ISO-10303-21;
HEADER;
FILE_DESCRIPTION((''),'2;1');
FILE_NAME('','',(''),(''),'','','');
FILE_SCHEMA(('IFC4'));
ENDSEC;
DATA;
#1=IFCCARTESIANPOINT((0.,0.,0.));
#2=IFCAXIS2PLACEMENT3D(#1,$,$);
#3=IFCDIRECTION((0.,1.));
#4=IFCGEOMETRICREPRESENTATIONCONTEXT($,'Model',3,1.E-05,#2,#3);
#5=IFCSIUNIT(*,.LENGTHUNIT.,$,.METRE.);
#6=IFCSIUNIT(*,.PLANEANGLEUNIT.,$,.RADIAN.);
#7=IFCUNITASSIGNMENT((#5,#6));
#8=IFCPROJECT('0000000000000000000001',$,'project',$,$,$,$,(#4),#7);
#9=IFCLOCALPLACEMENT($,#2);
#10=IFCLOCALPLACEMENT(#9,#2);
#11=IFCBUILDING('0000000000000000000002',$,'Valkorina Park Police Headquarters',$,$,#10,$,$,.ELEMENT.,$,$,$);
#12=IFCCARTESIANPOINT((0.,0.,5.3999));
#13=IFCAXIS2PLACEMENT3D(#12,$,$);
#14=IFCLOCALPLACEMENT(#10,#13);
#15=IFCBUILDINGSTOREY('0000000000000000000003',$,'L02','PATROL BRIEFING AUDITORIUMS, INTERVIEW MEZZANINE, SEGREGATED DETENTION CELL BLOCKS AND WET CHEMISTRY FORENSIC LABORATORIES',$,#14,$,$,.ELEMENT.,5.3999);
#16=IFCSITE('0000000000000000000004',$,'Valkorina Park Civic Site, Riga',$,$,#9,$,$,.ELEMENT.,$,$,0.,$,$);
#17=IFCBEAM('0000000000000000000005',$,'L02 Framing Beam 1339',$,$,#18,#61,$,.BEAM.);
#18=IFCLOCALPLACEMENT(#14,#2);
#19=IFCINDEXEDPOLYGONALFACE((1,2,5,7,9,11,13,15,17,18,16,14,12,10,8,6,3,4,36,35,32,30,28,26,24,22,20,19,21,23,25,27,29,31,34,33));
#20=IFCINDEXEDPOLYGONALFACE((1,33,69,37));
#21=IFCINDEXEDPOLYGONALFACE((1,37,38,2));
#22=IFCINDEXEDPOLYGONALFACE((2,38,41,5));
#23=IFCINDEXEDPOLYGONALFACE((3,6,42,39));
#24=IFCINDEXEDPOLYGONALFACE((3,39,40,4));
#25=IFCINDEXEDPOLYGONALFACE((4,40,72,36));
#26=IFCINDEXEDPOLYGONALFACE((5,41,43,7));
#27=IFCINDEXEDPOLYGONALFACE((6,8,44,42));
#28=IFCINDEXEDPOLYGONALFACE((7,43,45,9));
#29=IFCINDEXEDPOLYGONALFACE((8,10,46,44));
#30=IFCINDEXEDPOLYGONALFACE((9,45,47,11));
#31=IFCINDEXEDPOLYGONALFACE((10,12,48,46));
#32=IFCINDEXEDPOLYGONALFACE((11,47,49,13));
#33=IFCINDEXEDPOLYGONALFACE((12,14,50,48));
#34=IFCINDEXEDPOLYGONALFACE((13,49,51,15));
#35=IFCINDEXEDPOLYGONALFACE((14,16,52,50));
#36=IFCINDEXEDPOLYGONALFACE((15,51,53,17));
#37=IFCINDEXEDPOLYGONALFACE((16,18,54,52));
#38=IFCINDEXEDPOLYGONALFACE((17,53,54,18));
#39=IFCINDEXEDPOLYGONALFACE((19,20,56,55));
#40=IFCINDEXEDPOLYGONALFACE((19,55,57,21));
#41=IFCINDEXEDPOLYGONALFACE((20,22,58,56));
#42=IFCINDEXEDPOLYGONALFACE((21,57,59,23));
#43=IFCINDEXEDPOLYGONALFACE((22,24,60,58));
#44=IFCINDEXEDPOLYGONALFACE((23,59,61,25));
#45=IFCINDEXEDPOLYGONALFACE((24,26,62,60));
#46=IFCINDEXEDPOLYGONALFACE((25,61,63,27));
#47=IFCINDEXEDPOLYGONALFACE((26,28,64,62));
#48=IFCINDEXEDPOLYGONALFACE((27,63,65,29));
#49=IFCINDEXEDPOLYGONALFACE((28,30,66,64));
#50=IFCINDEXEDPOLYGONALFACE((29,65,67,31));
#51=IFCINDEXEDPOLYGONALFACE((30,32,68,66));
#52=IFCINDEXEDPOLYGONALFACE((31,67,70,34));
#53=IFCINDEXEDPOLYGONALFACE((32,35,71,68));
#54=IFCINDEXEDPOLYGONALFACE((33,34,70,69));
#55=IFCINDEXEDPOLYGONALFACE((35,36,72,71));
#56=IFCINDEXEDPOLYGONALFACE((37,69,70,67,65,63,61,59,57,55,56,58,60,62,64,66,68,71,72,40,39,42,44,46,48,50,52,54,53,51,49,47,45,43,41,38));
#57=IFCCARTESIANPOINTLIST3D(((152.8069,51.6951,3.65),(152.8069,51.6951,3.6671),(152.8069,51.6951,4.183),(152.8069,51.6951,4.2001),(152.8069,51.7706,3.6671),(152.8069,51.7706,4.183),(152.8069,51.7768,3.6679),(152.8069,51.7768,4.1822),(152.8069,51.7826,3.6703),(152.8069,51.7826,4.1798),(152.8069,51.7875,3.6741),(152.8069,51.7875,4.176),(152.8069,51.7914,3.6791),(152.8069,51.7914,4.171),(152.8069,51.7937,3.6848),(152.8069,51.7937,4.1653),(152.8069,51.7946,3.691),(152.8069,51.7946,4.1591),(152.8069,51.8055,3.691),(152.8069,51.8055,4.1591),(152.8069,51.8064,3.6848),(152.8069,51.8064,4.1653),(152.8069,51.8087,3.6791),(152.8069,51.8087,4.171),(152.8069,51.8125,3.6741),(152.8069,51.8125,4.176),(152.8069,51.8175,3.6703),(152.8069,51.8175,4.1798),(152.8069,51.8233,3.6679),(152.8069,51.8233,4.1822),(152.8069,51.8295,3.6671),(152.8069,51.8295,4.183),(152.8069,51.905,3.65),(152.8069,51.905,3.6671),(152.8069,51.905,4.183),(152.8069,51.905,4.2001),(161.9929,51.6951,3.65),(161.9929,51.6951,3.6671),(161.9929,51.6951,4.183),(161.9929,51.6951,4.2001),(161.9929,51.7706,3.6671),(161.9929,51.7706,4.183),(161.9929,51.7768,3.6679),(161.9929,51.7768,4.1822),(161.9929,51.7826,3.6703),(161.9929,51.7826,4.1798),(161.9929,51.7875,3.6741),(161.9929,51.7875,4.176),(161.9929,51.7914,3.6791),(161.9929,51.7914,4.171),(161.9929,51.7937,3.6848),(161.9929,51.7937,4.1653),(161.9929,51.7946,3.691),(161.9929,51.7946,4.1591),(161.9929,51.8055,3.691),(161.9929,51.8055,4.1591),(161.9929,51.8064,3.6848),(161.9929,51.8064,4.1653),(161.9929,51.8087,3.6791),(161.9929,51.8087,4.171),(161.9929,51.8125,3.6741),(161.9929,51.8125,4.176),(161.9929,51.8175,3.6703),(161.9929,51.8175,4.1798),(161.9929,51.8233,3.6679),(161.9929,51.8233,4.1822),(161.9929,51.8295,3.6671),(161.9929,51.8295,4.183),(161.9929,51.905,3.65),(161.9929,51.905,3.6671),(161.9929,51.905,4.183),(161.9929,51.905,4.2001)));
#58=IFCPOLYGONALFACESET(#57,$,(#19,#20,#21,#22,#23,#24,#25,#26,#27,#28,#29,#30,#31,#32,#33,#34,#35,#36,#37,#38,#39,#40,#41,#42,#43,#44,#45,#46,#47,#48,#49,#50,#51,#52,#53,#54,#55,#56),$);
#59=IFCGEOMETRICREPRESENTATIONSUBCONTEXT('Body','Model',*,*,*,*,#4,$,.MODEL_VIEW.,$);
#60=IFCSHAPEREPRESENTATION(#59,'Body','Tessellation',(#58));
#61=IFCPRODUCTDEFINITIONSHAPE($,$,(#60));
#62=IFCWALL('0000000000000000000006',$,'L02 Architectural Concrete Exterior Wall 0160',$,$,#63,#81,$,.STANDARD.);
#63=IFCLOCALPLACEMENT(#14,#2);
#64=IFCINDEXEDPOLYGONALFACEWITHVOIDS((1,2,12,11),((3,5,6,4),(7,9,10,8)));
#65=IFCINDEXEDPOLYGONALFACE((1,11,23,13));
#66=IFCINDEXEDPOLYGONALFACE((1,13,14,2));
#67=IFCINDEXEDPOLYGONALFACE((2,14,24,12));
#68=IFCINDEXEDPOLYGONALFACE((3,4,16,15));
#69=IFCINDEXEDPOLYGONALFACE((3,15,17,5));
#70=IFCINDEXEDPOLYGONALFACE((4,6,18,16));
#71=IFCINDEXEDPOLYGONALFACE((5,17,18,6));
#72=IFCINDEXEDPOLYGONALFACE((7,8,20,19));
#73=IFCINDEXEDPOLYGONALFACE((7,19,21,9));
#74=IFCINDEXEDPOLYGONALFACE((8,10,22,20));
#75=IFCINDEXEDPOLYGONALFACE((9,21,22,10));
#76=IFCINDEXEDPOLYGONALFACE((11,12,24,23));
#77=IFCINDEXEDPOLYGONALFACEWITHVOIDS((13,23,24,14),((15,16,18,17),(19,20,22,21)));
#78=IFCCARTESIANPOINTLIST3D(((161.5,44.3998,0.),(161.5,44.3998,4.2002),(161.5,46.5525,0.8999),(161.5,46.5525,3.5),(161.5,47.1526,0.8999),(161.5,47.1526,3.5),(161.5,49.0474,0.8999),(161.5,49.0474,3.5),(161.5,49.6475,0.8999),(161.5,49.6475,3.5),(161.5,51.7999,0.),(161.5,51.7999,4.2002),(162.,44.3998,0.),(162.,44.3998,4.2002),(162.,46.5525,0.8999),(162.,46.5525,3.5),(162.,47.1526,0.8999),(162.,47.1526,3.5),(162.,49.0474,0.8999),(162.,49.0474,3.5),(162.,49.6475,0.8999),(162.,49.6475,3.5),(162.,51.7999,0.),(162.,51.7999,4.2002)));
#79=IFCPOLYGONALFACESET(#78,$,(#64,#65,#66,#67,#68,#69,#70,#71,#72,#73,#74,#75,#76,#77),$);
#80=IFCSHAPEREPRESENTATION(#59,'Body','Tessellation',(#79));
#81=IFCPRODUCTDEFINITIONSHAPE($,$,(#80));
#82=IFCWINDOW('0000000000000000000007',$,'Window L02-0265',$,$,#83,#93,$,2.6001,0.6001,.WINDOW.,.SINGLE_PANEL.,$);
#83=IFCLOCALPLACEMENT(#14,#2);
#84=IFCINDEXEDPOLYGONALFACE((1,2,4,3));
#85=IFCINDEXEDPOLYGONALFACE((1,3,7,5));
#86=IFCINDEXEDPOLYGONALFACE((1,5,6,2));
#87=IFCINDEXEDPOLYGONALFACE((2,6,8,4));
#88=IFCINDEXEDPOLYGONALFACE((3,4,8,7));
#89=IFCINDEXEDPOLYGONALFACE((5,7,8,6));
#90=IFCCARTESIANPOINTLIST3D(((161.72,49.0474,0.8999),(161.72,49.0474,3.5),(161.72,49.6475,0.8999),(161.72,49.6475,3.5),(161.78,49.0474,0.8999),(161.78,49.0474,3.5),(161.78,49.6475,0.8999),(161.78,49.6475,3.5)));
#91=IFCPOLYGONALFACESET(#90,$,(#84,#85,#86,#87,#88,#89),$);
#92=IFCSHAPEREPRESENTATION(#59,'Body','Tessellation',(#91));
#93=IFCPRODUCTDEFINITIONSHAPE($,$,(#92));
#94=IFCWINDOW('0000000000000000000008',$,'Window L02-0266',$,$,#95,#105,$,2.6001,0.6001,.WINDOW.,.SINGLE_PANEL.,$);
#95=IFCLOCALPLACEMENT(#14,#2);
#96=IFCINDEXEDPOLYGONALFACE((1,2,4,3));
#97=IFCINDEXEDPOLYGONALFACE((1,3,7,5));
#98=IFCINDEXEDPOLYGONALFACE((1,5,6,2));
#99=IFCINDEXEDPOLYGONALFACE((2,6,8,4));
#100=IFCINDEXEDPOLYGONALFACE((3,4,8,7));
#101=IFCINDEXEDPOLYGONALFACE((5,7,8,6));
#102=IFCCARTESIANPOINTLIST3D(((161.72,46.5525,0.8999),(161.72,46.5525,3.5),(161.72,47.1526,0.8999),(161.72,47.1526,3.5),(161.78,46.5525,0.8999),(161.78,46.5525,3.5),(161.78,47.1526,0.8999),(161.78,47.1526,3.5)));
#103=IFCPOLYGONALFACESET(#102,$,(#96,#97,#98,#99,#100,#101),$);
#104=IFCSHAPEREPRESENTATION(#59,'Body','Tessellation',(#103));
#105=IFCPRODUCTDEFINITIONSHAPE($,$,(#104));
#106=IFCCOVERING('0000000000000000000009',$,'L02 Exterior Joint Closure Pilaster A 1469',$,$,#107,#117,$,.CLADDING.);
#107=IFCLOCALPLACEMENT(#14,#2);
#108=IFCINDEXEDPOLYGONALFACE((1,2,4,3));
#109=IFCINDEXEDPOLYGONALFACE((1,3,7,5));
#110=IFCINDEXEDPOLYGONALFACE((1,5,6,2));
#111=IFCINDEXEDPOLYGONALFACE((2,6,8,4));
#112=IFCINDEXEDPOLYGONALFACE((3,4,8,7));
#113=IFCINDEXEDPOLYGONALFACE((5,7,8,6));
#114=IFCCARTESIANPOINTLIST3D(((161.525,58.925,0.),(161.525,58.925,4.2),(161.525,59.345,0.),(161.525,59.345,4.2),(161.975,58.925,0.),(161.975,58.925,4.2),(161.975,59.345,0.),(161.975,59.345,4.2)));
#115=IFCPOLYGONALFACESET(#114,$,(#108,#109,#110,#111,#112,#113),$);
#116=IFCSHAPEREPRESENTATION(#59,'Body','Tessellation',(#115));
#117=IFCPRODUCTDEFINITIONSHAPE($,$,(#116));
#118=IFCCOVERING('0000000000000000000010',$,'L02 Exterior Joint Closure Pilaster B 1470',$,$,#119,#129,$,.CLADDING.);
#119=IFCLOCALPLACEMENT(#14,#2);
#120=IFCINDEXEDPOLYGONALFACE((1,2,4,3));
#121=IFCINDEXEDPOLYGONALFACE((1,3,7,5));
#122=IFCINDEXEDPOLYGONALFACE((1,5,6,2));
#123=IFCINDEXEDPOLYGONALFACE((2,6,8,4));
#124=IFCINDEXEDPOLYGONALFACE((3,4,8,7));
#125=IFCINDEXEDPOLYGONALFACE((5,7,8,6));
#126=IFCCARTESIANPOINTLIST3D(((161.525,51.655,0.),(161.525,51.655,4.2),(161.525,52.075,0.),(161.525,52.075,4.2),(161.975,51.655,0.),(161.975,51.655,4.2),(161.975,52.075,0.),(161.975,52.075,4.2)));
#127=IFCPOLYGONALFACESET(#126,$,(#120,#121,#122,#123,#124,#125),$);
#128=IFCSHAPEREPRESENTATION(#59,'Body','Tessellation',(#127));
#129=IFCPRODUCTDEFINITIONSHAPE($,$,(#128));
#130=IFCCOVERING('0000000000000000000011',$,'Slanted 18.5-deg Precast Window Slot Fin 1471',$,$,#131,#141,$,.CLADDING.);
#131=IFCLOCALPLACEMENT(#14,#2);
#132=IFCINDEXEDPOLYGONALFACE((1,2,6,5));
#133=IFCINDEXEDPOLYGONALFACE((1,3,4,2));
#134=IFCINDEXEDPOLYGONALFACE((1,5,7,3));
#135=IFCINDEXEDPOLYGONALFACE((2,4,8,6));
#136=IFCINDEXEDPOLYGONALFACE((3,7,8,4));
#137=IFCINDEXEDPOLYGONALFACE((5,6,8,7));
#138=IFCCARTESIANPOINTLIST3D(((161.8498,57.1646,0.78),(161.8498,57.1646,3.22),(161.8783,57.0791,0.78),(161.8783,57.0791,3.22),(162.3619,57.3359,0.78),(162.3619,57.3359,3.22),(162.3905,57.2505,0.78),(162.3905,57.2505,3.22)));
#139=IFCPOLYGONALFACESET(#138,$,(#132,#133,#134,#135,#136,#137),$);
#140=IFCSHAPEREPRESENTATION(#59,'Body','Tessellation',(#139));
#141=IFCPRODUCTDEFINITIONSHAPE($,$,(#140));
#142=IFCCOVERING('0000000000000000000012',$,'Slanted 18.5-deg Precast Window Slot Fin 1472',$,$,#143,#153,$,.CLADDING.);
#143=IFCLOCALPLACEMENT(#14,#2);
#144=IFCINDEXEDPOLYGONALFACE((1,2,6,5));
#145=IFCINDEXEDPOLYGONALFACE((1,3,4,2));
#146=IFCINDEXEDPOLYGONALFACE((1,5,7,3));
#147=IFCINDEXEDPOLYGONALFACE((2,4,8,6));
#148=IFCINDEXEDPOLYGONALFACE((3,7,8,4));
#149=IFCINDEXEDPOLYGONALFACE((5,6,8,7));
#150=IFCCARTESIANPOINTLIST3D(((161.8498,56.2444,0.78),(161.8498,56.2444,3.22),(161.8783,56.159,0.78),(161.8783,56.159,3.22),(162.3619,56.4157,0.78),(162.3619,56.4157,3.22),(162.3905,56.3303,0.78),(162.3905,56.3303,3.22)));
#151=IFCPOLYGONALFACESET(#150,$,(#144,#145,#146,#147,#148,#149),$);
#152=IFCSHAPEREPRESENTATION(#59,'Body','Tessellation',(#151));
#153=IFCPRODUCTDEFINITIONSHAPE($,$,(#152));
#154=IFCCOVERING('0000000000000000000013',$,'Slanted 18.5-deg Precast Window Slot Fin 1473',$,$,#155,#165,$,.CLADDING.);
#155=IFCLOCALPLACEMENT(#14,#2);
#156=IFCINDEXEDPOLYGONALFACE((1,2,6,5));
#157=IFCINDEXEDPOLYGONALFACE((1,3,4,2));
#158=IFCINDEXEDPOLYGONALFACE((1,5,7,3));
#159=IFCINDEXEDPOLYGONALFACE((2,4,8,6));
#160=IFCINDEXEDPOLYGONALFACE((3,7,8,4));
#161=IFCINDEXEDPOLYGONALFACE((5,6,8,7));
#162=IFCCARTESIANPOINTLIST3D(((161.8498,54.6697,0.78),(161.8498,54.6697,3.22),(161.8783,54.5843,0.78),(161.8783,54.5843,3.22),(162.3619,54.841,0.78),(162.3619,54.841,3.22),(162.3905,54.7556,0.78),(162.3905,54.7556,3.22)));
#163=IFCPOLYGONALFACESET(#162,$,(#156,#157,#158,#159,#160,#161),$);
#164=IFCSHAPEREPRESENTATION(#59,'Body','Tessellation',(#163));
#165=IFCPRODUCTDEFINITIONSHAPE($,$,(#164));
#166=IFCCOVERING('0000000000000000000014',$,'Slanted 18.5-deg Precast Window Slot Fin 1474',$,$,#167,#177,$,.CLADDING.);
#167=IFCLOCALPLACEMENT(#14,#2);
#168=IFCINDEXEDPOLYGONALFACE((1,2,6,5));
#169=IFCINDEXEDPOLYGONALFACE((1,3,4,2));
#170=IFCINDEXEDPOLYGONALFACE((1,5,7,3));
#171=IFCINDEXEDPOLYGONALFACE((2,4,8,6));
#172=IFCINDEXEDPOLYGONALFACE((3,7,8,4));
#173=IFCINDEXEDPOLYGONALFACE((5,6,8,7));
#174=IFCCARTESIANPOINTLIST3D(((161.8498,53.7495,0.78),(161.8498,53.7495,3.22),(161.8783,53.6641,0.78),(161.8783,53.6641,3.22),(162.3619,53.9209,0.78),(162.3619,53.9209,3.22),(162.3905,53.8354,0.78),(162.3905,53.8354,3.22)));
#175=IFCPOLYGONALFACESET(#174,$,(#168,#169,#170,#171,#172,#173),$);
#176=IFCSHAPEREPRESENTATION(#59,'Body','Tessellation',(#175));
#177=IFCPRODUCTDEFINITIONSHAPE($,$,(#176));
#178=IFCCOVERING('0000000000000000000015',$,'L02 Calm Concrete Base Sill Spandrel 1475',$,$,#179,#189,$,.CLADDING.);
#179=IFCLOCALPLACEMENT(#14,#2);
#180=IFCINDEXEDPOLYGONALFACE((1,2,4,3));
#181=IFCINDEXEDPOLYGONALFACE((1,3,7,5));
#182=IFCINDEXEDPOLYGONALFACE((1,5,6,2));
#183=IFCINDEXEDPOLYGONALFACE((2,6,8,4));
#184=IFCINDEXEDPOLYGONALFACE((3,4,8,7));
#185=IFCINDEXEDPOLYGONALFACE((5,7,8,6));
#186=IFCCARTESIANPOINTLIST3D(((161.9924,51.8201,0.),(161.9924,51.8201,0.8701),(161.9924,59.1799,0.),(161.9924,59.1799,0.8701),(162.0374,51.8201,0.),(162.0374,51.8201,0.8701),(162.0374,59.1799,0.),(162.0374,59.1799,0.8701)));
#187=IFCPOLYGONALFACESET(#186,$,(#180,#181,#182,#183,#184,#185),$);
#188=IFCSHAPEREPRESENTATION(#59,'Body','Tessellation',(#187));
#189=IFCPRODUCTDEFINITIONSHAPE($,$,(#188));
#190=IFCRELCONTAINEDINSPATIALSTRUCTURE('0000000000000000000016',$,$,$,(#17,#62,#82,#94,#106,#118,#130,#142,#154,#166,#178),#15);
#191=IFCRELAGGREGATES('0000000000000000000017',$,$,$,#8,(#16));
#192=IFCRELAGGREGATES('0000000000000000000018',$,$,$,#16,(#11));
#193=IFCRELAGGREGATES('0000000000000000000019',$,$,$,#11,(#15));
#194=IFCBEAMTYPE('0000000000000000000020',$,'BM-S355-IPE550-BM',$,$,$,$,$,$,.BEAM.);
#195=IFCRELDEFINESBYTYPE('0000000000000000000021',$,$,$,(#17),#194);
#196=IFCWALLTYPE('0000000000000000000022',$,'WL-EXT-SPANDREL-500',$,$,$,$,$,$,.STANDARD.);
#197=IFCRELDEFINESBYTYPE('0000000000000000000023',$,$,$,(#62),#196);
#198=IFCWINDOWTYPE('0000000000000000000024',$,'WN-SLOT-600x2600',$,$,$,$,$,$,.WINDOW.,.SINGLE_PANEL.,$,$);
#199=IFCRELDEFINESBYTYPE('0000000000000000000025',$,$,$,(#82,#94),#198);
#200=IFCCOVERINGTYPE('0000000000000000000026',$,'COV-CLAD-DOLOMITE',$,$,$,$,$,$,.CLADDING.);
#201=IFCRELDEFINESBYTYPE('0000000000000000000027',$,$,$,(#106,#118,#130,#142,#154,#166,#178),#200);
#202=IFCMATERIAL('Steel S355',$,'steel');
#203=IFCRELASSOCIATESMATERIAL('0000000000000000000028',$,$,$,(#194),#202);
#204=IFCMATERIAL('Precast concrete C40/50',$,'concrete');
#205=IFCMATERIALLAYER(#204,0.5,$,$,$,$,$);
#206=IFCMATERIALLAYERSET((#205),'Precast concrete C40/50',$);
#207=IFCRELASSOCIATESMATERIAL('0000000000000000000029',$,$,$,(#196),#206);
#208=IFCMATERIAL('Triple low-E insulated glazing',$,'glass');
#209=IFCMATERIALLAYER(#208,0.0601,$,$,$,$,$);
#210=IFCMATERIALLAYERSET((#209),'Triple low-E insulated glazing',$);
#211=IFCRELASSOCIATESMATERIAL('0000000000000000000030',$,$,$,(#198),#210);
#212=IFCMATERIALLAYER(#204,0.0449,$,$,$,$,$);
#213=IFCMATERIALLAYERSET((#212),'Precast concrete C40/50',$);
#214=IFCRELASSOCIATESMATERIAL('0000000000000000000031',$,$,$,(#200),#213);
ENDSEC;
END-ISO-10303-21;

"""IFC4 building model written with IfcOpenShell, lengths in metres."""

from ifc_helpers import new_model, si_unit, direction, frame, frame_2d, origin, origin_2d, place, context, subcontext, project, spatial, rectangle, i_section, extrude, material, layer, layer_set, material_profile, profile_set, type_object, element, fill, save


model = new_model("IFC4")

# Units and contexts
model_context = context("Model", 3, precision=1e-05, world=origin(), true_north=direction((0.0, 1.0)))
body_context = subcontext(model_context, "Body", "Model", "MODEL_VIEW")
ifc_project = project(units=[si_unit("LENGTHUNIT", "METRE"), si_unit("PLANEANGLEUNIT", "RADIAN")], contexts=[model_context])

# Site, building, storey
site_placement = place(None, origin())
site = spatial("IfcSite", under=ifc_project, at=site_placement, Name="Valkorina Park Civic Site, Riga", CompositionType="ELEMENT", RefElevation=0.0)
building_placement = place(site_placement, origin())
building = spatial("IfcBuilding", under=site, at=building_placement, Name="Valkorina Park Police Headquarters", CompositionType="ELEMENT")
storey_placement = place(building_placement, frame((0.0, 0.0, 5.3999)))
storey = spatial("IfcBuildingStorey", under=building, at=storey_placement, Name="L02", Description="PATROL BRIEFING AUDITORIUMS, INTERVIEW MEZZANINE, SEGREGATED DETENTION CELL BLOCKS AND WET CHEMISTRY FORENSIC LABORATORIES", CompositionType="ELEMENT", Elevation=5.3999)

# Shared definitions
ifc_material_1 = material(Name="Steel S355", Category="steel")

# Beam
ifc_material_profile_1 = material_profile(ifc_material_1, i_section(OverallWidth=0.21, OverallDepth=0.55, WebThickness=0.011, FlangeThickness=0.0171, FilletRadius=0.0239, at=origin_2d()), Name="IPE 550")
ifc_profile_set_1 = profile_set([ifc_material_profile_1], Name="Steel S355")
beam_type_1 = type_object("IfcBeamType", Name="BM-S355-IPE550-BM", PredefinedType="BEAM", material=ifc_profile_set_1)
beam_1_placement = place(storey_placement, frame((152.8069, 51.8, 3.925), z_axis=(1.0, 0.0, 0.0), x_axis=(0.0, 1.0, 0.0)))
element("IfcBeam", 1, at=beam_1_placement, inside=storey, type_object=beam_type_1, Name="L02 Framing Beam 1339", PredefinedType="BEAM", context=body_context, shape_type="SweptSolid", body=[
    extrude(i_section(OverallWidth=0.21, OverallDepth=0.55, WebThickness=0.011, FlangeThickness=0.0171, FilletRadius=0.0239, at=origin_2d()), origin(), (0.0, 0.0, 1.0), 9.186),
])

# Wall, openings, windows
ifc_material_2 = material(Name="Precast concrete C40/50", Category="concrete")
ifc_layer_1 = layer(ifc_material_2, 0.5)
ifc_layer_set_1 = layer_set([ifc_layer_1], Name="Precast concrete C40/50")
wall_type = type_object("IfcWallType", Name="WL-EXT-SPANDREL-500", PredefinedType="STANDARD", material=ifc_layer_set_1)
wall_placement = place(storey_placement, frame((161.75, 51.8, 0.0), z_axis=(0.0, 0.0, 1.0), x_axis=(0.0, -1.0, 0.0)))
wall = element("IfcWall", 2, at=wall_placement, inside=storey, type_object=wall_type, Name="L02 Architectural Concrete Exterior Wall 0160", PredefinedType="STANDARD", context=body_context, shape_type="SweptSolid", body=[
    extrude(rectangle(XDim=7.4001, YDim=0.5, at=frame_2d((3.7002, 0.0))), origin(), (0.0, 0.0, 1.0), 4.2002),
])
opening_1_placement = place(wall_placement, frame((2.1526, 0.0, 0.8999)))
opening_1 = element("IfcOpeningElement", 3, at=opening_1_placement, cuts=wall, PredefinedType="OPENING", context=body_context, shape_type="SweptSolid", body=[
    extrude(rectangle(XDim=0.6001, YDim=2.6001, at=frame_2d((0.3, 1.3))), frame((0.0, 0.26, 0.0), z_axis=(0.0, -1.0, 0.0), x_axis=(1.0, 0.0, 0.0)), (0.0, 0.0, 1.0), 0.52),
])
opening_2_placement = place(wall_placement, frame((4.6475, 0.0, 0.8999)))
opening_2 = element("IfcOpeningElement", 4, at=opening_2_placement, cuts=wall, PredefinedType="OPENING", context=body_context, shape_type="SweptSolid", body=[
    extrude(rectangle(XDim=0.6001, YDim=2.6001, at=frame_2d((0.3, 1.3))), frame((0.0, 0.26, 0.0), z_axis=(0.0, -1.0, 0.0), x_axis=(1.0, 0.0, 0.0)), (0.0, 0.0, 1.0), 0.52),
])
ifc_material_3 = material(Name="Triple low-E insulated glazing", Category="glass")
ifc_layer_2 = layer(ifc_material_3, 0.0601)
ifc_layer_set_2 = layer_set([ifc_layer_2], Name="Triple low-E insulated glazing")
window_type = type_object("IfcWindowType", Name="WN-SLOT-600x2600", PartitioningType="SINGLE_PANEL", PredefinedType="WINDOW", material=ifc_layer_set_2)
window_1_placement = place(opening_1_placement, origin())
window_1 = element("IfcWindow", 5, at=window_1_placement, inside=storey, type_object=window_type, Name="Window L02-0265", OverallHeight=2.6001, OverallWidth=0.6001, PartitioningType="SINGLE_PANEL", PredefinedType="WINDOW", context=body_context, shape_type="SweptSolid", body=[
    extrude(rectangle(XDim=0.6001, YDim=2.6001, at=frame_2d((0.3, 1.3))), frame((0.0, 0.03, 0.0), z_axis=(0.0, -1.0, 0.0), x_axis=(1.0, 0.0, 0.0)), (0.0, 0.0, 1.0), 0.0601),
])
fill(opening_1, window_1)
window_2_placement = place(opening_2_placement, origin())
window_2 = element("IfcWindow", 6, at=window_2_placement, inside=storey, type_object=window_type, Name="Window L02-0266", OverallHeight=2.6001, OverallWidth=0.6001, PartitioningType="SINGLE_PANEL", PredefinedType="WINDOW", context=body_context, shape_type="SweptSolid", body=[
    extrude(rectangle(XDim=0.6001, YDim=2.6001, at=frame_2d((0.3, 1.3))), frame((0.0, 0.03, 0.0), z_axis=(0.0, -1.0, 0.0), x_axis=(1.0, 0.0, 0.0)), (0.0, 0.0, 1.0), 0.0601),
])
fill(opening_2, window_2)

# Coverings
ifc_layer_3 = layer(ifc_material_2, 0.0449)
ifc_layer_set_3 = layer_set([ifc_layer_3], Name="Precast concrete C40/50")
covering_type = type_object("IfcCoveringType", Name="COV-CLAD-DOLOMITE", PredefinedType="CLADDING", material=ifc_layer_set_3)
for number, where, z_axis, x_axis, name in (
    (7, (161.75, 59.135, 0.0), (0.0, 0.0, 1.0), (0.0, 1.0, 0.0), "L02 Exterior Joint Closure Pilaster A 1469"),
    (8, (161.75, 51.865, 0.0), (0.0, 0.0, 1.0), (0.0, 1.0, 0.0), "L02 Exterior Joint Closure Pilaster B 1470"),
):
    element("IfcCovering", number, at=place(storey_placement, frame(where, z_axis=z_axis, x_axis=x_axis)), inside=storey, type_object=covering_type, Name=name, PredefinedType="CLADDING", context=body_context, shape_type="SweptSolid", body=[
        extrude(rectangle(XDim=0.4199, YDim=0.45, at=origin_2d()), origin(), (0.0, 0.0, 1.0), 4.2),
    ])
for number, where, z_axis, x_axis, name in (
    (9, (162.1201, 57.2075, 0.78), (0.0, 0.0, 1.0), (0.948324, 0.317305, 0.0), "Slanted 18.5-deg Precast Window Slot Fin 1471"),
    (10, (162.1201, 56.2874, 0.78), (0.0, 0.0, 1.0), (0.948324, 0.317305, 0.0), "Slanted 18.5-deg Precast Window Slot Fin 1472"),
    (11, (162.1201, 54.7126, 0.78), (0.0, 0.0, 1.0), (0.948324, 0.317305, 0.0), "Slanted 18.5-deg Precast Window Slot Fin 1473"),
    (12, (162.1201, 53.7925, 0.78), (0.0, 0.0, 1.0), (0.948324, 0.317305, 0.0), "Slanted 18.5-deg Precast Window Slot Fin 1474"),
):
    element("IfcCovering", number, at=place(storey_placement, frame(where, z_axis=z_axis, x_axis=x_axis)), inside=storey, type_object=covering_type, Name=name, PredefinedType="CLADDING", context=body_context, shape_type="SweptSolid", body=[
        extrude(rectangle(XDim=0.54, YDim=0.0901, at=origin_2d()), origin(), (0.0, 0.0, 1.0), 2.4399),
    ])
covering_1_placement = place(storey_placement, frame((162.0149, 59.1799, 0.0), z_axis=(0.0, 0.0, 1.0), x_axis=(0.0, -1.0, 0.0)))
element("IfcCovering", 13, at=covering_1_placement, inside=storey, type_object=covering_type, Name="L02 Calm Concrete Base Sill Spandrel 1475", PredefinedType="CLADDING", context=body_context, shape_type="SweptSolid", body=[
    extrude(rectangle(XDim=7.3599, YDim=0.0449, at=frame_2d((3.6799, 0.0))), origin(), (0.0, 0.0, 1.0), 0.8701),
])

save(model, "model.ifc")
